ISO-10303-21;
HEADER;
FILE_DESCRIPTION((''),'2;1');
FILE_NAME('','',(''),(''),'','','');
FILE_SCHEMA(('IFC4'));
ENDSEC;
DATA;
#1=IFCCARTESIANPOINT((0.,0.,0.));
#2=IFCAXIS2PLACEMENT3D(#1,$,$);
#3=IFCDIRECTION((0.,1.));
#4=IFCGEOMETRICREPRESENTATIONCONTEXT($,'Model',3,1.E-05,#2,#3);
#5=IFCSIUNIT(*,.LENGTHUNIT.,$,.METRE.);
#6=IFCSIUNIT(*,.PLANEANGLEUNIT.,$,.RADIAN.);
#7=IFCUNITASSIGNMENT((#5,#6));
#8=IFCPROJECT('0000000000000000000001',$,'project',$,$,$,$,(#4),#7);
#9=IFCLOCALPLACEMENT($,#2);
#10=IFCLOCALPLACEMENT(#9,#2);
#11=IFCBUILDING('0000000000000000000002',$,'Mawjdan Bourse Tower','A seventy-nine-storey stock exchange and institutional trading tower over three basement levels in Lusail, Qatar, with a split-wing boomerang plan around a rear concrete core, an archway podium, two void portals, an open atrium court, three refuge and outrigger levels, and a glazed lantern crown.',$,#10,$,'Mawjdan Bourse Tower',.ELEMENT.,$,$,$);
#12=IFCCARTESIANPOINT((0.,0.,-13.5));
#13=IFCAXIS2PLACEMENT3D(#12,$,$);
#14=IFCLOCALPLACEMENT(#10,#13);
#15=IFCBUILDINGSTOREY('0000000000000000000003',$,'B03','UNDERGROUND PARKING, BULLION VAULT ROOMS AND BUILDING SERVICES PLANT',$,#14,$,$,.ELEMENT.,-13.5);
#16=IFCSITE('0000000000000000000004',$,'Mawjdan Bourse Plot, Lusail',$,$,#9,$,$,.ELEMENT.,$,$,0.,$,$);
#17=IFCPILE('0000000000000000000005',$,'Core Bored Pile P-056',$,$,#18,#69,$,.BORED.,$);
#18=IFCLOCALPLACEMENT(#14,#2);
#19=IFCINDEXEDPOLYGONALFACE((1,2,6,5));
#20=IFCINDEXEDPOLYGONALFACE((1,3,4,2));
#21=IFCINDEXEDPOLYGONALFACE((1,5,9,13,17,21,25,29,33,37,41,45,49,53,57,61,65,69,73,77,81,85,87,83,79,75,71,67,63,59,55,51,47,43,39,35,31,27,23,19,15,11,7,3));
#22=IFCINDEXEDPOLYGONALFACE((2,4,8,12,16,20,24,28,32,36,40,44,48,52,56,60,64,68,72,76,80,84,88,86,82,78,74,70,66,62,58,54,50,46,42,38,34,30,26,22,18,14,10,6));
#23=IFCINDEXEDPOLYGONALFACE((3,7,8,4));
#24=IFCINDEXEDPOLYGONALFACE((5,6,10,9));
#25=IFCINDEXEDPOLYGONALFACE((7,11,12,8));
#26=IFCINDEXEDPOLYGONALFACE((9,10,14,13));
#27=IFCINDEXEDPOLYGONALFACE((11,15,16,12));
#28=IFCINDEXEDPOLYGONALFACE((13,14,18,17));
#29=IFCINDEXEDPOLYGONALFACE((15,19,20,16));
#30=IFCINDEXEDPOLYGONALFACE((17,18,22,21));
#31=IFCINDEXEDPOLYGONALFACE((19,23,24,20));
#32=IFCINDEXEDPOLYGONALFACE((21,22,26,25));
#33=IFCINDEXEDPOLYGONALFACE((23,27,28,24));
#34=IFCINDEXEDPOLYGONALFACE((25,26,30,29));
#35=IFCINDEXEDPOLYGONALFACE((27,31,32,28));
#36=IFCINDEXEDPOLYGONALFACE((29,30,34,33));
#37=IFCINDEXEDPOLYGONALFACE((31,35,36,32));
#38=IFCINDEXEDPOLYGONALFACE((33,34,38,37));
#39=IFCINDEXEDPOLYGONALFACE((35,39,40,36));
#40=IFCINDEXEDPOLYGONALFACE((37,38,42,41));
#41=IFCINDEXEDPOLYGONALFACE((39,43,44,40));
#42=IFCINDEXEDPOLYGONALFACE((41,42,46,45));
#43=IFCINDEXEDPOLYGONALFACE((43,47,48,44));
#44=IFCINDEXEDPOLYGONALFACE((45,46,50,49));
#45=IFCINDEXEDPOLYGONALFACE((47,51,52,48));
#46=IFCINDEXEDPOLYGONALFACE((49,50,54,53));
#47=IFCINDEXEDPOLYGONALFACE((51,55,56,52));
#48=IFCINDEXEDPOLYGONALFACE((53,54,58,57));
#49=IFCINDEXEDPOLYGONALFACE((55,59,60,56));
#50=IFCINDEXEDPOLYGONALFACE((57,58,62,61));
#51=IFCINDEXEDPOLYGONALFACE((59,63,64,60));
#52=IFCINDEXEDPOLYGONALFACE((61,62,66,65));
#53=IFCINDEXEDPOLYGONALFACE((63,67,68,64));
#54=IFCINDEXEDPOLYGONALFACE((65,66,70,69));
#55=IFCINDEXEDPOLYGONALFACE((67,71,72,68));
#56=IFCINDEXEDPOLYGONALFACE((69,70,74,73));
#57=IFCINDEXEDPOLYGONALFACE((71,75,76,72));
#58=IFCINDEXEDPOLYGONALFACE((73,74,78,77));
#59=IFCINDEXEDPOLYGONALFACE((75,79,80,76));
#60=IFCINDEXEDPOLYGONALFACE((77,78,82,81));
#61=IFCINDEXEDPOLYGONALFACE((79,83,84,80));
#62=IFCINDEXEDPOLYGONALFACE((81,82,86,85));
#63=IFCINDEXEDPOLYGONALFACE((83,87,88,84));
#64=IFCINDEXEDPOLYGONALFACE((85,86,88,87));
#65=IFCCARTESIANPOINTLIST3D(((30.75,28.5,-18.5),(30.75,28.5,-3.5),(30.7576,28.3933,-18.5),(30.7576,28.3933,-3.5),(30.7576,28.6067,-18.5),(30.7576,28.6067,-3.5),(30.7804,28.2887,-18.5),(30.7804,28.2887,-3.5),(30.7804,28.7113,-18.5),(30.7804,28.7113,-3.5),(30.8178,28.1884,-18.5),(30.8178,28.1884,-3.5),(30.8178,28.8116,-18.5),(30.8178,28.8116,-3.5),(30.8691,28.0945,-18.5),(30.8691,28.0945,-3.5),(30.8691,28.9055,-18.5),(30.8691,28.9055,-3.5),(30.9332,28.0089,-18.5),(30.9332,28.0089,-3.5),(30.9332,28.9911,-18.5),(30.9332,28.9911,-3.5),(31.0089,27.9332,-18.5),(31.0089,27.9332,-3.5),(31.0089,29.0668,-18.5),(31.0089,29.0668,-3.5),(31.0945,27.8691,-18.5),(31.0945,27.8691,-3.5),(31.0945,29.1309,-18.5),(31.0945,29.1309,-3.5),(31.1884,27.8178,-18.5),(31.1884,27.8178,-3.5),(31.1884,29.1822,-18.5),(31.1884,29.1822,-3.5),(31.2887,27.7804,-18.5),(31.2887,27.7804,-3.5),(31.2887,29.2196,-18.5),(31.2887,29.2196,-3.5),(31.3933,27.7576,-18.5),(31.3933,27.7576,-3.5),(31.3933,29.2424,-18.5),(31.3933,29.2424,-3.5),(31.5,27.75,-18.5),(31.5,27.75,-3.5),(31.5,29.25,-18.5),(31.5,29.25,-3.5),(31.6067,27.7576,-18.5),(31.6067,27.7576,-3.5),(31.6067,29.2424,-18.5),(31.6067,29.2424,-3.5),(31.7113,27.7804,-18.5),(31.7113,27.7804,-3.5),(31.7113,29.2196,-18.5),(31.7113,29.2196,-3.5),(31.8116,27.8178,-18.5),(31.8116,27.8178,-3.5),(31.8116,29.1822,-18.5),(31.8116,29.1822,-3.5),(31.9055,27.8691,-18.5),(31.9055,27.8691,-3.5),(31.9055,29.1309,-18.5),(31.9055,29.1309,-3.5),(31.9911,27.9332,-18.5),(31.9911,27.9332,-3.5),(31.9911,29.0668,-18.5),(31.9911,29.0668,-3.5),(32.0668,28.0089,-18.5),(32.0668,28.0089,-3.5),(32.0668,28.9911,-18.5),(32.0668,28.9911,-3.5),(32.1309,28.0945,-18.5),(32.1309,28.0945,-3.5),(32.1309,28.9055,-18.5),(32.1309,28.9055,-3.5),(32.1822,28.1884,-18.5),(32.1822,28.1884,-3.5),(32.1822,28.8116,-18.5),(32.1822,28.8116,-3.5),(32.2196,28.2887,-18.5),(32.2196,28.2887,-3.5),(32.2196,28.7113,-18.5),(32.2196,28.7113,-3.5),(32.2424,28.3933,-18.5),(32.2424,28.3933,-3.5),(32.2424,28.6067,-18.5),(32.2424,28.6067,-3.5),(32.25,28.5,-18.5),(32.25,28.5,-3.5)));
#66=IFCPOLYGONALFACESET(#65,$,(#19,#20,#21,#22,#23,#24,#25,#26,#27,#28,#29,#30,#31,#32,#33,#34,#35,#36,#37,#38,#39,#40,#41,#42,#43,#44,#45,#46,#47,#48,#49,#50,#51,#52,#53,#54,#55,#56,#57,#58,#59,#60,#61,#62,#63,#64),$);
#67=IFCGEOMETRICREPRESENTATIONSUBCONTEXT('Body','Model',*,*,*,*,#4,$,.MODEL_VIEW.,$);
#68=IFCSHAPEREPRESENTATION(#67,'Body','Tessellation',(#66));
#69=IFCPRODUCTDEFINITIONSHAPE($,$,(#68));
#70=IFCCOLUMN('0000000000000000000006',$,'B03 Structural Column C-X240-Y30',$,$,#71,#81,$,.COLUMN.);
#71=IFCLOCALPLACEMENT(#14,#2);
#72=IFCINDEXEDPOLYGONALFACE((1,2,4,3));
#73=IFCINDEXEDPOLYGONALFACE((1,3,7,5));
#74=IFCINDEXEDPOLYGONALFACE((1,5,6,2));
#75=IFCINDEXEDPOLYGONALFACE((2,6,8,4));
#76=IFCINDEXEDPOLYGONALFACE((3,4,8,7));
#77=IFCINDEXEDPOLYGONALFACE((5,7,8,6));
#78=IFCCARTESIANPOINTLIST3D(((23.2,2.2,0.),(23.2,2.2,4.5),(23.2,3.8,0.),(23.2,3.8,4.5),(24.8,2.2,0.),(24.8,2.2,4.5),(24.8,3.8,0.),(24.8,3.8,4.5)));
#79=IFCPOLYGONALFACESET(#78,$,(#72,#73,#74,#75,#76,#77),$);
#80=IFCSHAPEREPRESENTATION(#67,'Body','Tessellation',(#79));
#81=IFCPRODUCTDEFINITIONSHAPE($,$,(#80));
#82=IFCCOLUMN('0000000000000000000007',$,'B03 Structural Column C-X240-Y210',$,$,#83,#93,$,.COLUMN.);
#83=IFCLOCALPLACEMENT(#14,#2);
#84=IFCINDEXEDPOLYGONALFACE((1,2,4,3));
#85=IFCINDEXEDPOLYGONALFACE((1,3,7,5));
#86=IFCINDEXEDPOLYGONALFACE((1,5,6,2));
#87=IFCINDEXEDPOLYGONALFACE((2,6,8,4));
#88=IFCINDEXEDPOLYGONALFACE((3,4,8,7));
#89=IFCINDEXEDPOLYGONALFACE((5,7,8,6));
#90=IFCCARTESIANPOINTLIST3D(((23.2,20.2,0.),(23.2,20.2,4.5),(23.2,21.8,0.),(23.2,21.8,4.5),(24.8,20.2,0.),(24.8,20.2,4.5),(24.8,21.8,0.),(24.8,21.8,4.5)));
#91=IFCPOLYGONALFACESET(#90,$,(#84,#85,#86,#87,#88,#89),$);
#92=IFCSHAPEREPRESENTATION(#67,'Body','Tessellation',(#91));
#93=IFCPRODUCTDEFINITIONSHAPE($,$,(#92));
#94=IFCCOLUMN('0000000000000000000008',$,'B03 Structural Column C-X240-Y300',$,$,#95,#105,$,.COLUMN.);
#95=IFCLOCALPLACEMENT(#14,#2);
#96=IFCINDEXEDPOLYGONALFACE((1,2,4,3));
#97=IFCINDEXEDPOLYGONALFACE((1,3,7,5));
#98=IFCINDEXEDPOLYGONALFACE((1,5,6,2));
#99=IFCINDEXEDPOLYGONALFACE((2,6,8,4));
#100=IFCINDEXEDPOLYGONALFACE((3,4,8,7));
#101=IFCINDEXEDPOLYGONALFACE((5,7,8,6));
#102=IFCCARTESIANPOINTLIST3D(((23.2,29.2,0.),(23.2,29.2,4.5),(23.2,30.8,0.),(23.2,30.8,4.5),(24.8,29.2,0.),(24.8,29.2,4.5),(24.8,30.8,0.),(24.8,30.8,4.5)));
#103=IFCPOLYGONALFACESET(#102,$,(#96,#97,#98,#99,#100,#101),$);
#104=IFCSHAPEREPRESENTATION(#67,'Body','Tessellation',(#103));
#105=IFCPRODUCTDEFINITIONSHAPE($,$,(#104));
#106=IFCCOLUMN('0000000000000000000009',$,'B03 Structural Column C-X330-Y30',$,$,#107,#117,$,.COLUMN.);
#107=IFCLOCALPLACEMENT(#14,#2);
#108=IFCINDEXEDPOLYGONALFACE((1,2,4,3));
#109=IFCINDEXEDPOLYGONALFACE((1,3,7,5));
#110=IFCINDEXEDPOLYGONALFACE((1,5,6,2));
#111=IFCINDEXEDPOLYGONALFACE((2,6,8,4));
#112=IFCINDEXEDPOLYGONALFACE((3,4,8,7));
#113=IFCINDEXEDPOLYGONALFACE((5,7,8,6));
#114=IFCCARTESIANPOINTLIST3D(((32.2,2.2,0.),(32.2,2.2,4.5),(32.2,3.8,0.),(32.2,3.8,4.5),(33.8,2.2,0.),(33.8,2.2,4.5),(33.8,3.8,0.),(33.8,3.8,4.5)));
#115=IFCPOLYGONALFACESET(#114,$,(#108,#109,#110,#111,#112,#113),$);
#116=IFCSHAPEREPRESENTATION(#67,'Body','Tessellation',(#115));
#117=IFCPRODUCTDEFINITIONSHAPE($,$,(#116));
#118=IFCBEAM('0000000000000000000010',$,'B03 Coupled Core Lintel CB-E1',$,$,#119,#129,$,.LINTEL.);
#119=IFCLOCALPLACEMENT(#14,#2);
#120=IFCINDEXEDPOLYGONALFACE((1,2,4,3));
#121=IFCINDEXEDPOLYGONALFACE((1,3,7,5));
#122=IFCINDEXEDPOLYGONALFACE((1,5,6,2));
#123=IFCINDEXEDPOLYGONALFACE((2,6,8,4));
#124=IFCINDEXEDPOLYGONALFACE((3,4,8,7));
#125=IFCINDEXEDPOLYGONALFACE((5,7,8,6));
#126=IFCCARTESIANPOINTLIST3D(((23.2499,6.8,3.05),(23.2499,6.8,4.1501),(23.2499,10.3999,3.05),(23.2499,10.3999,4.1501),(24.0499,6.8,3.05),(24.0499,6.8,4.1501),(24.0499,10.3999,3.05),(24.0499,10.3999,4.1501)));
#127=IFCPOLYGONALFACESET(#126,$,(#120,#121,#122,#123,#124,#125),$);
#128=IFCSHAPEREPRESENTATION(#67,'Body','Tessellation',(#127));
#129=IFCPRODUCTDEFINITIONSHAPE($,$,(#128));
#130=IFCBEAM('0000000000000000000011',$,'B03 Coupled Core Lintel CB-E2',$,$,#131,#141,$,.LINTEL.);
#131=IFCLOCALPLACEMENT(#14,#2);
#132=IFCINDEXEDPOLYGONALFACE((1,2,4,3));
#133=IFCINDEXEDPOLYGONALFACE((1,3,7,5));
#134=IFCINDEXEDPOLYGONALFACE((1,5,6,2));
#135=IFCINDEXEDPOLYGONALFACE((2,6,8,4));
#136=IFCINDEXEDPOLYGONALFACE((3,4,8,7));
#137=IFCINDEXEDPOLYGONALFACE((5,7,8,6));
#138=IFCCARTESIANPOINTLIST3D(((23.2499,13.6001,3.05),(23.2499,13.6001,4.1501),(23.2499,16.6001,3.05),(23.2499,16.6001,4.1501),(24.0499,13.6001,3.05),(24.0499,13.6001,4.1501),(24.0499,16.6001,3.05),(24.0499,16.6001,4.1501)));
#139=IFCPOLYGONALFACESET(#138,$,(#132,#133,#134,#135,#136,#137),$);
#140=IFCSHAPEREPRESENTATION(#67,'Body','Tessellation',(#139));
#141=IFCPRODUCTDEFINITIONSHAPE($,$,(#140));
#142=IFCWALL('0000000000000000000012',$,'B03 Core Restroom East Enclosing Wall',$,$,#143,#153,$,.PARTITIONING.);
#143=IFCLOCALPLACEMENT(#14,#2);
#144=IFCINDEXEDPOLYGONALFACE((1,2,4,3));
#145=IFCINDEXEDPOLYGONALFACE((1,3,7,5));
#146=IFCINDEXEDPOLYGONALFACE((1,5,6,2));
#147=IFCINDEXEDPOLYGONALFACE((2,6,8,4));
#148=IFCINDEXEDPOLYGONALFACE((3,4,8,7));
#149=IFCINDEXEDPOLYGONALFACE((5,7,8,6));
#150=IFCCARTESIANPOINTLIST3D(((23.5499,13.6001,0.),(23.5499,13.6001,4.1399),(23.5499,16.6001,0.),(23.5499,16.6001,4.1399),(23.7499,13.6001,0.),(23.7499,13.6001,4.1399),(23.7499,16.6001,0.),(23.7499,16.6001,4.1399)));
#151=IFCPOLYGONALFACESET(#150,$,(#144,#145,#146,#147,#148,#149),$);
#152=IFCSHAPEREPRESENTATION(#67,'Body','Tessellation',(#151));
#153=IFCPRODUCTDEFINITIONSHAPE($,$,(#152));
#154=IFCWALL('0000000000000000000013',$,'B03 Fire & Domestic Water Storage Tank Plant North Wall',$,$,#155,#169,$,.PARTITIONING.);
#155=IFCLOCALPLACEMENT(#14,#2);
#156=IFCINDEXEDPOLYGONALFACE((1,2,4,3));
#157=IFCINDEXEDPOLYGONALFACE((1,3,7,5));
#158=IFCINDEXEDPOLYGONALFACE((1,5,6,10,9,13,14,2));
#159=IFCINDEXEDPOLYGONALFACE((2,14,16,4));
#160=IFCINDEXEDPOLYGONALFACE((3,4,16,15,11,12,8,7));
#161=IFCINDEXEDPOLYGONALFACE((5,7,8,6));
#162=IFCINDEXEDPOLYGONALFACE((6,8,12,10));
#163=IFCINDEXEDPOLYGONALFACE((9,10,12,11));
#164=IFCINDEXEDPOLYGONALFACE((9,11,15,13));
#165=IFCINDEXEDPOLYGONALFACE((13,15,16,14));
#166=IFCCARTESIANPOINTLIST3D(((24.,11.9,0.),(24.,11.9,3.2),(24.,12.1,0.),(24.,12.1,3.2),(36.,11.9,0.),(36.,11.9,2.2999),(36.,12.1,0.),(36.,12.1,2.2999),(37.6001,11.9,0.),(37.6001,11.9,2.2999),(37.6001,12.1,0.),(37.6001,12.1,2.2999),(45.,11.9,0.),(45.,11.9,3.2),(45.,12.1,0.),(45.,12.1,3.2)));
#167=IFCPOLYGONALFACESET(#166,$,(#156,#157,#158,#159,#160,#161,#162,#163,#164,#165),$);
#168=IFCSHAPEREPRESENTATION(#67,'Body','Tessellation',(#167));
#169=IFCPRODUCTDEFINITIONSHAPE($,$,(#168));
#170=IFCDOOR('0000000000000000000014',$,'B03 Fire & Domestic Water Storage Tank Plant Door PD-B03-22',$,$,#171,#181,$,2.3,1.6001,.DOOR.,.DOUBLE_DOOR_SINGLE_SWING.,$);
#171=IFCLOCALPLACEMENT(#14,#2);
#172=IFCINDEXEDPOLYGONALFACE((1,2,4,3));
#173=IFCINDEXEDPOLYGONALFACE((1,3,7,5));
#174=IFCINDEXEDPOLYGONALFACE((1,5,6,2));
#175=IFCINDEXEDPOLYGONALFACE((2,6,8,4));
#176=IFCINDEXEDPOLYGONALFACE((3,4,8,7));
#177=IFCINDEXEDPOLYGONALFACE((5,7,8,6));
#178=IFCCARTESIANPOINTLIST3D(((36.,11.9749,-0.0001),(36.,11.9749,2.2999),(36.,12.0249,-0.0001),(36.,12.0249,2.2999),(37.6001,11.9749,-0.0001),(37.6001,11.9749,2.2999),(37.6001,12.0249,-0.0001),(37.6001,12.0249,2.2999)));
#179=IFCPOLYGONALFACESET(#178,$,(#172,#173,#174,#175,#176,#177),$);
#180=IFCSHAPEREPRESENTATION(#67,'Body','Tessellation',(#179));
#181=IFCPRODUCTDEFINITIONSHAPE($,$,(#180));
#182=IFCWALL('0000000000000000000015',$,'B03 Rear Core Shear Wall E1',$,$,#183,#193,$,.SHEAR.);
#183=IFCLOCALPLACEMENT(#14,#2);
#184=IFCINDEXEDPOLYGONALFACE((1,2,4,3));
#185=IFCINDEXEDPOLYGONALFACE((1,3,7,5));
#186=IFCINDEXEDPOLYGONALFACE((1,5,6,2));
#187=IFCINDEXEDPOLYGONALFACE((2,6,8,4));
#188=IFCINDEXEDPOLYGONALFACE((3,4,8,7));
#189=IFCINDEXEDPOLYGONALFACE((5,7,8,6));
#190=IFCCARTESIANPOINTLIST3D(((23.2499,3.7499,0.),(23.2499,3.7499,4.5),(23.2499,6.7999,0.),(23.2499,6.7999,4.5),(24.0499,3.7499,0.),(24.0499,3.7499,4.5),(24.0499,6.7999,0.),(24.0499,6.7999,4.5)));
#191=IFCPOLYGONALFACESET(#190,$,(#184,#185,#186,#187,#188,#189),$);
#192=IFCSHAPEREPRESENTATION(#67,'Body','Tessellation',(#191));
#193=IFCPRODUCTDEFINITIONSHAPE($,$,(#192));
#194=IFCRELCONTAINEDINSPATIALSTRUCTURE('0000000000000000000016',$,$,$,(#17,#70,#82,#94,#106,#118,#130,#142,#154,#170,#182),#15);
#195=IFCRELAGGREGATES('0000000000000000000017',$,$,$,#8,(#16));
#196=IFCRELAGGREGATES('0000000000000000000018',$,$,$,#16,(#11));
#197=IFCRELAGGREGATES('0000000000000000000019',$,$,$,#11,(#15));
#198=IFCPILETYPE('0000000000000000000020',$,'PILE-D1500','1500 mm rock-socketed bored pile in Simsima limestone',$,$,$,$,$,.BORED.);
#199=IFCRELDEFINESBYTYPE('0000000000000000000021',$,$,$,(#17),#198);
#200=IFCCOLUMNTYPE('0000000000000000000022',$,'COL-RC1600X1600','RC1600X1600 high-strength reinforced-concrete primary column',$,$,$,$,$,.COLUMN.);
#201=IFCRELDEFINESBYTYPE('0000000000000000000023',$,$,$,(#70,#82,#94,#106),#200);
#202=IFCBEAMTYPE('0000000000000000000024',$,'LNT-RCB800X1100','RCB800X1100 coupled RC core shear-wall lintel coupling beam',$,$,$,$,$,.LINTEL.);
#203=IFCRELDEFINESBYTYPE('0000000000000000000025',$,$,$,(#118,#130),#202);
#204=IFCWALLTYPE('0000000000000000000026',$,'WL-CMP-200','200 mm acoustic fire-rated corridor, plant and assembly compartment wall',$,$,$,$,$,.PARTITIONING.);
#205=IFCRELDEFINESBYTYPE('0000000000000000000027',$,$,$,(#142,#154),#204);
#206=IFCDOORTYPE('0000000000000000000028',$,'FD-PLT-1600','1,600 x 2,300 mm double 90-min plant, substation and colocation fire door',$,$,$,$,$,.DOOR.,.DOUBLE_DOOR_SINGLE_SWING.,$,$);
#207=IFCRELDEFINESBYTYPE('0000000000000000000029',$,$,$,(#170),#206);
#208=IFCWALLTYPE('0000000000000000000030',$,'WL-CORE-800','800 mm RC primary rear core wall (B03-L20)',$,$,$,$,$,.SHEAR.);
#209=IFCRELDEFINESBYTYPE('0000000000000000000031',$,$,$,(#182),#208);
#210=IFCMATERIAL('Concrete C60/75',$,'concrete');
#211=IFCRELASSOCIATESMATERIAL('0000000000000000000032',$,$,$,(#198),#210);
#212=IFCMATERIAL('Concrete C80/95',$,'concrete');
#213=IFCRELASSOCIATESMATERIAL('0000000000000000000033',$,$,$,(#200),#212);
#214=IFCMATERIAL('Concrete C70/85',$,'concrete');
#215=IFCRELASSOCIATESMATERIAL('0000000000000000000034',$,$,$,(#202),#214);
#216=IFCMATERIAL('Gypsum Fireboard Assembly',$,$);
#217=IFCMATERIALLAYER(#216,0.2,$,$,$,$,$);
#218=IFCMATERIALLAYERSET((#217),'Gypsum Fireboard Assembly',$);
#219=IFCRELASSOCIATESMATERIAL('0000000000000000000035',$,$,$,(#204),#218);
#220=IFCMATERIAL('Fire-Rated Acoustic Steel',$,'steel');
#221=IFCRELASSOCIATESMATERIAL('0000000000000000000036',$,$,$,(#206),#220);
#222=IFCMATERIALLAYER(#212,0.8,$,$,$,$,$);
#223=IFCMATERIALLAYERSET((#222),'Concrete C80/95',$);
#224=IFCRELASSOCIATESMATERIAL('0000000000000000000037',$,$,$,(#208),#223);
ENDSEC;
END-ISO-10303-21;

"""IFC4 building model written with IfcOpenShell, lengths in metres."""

from ifc_helpers import new_model, si_unit, direction, frame, frame_2d, origin, origin_2d, place, context, subcontext, project, spatial, rectangle, circle, extrude, material, layer, layer_set, material_profile, profile_set, type_object, element, fill, save


model = new_model("IFC4")

# Units and contexts
model_context = context("Model", 3, precision=1e-05, world=origin(), true_north=direction((0.0, 1.0)))
body_context = subcontext(model_context, "Body", "Model", "MODEL_VIEW")
ifc_project = project(units=[si_unit("LENGTHUNIT", "METRE"), si_unit("PLANEANGLEUNIT", "RADIAN")], contexts=[model_context])

# Site, building, storey
site_placement = place(None, origin())
site = spatial("IfcSite", under=ifc_project, at=site_placement, Name="Mawjdan Bourse Plot, Lusail", CompositionType="ELEMENT", RefElevation=0.0)
building_placement = place(site_placement, origin())
building = spatial("IfcBuilding", under=site, at=building_placement, Name="Mawjdan Bourse Tower", Description="A seventy-nine-storey stock exchange and institutional trading tower over three basement levels in Lusail, Qatar, with a split-wing boomerang plan around a rear concrete core, an archway podium, two void portals, an open atrium court, three refuge and outrigger levels, and a glazed lantern crown.", LongName="Mawjdan Bourse Tower", CompositionType="ELEMENT")
storey_placement = place(building_placement, frame((0.0, 0.0, -13.5)))
storey = spatial("IfcBuildingStorey", under=building, at=storey_placement, Name="B03", Description="UNDERGROUND PARKING, BULLION VAULT ROOMS AND BUILDING SERVICES PLANT", CompositionType="ELEMENT", Elevation=-13.5)

# Pile
ifc_material_1 = material(Name="Concrete C60/75", Category="concrete")
ifc_material_profile_1 = material_profile(ifc_material_1, circle(Radius=0.75, at=origin_2d()), Name="PILE-D1500")
ifc_profile_set_1 = profile_set([ifc_material_profile_1], Name="Concrete C60/75")
pile_type = type_object("IfcPileType", Name="PILE-D1500", Description="1500 mm rock-socketed bored pile in Simsima limestone", PredefinedType="BORED", material=ifc_profile_set_1)
for number, where, z_axis, x_axis, name in (
    (1, (31.5, 28.5, -3.5), (0.0, 0.0, -1.0), (1.0, 0.0, 0.0), "Core Bored Pile P-056"),
):
    element("IfcPile", number, at=place(storey_placement, frame(where, z_axis=z_axis, x_axis=x_axis)), inside=storey, type_object=pile_type, Name=name, PredefinedType="BORED", context=body_context, shape_type="SweptSolid", body=[
        extrude(circle(Radius=0.75, at=origin_2d()), origin(), (0.0, 0.0, 1.0), 15.0),
    ])

# Columns
ifc_material_2 = material(Name="Concrete C80/95", Category="concrete")
ifc_material_profile_2 = material_profile(ifc_material_2, rectangle(XDim=1.6001, YDim=1.6001, at=origin_2d()), Name="RC1600X1600")
ifc_profile_set_2 = profile_set([ifc_material_profile_2], Name="Concrete C80/95")
column_type = type_object("IfcColumnType", Name="COL-RC1600X1600", Description="RC1600X1600 high-strength reinforced-concrete primary column", PredefinedType="COLUMN", material=ifc_profile_set_2)
for number, where, z_axis, x_axis, name in (
    (2, (24.0, 3.0, 0.0), (0.0, 0.0, 1.0), (1.0, 0.0, 0.0), "B03 Structural Column C-X240-Y30"),
    (3, (24.0, 21.0, 0.0), (0.0, 0.0, 1.0), (1.0, 0.0, 0.0), "B03 Structural Column C-X240-Y210"),
    (4, (24.0, 30.0, 0.0), (0.0, 0.0, 1.0), (1.0, 0.0, 0.0), "B03 Structural Column C-X240-Y300"),
    (5, (33.0, 3.0, 0.0), (0.0, 0.0, 1.0), (1.0, 0.0, 0.0), "B03 Structural Column C-X330-Y30"),
):
    element("IfcColumn", number, at=place(storey_placement, frame(where, z_axis=z_axis, x_axis=x_axis)), inside=storey, type_object=column_type, Name=name, PredefinedType="COLUMN", context=body_context, shape_type="SweptSolid", body=[
        extrude(rectangle(XDim=1.6001, YDim=1.6001, at=origin_2d()), origin(), (0.0, 0.0, 1.0), 4.5),
    ])

# Beams
ifc_material_3 = material(Name="Concrete C70/85", Category="concrete")
ifc_material_profile_3 = material_profile(ifc_material_3, rectangle(XDim=0.8, YDim=1.1001, at=origin_2d()), Name="RCB800X1100")
ifc_profile_set_3 = profile_set([ifc_material_profile_3], Name="Concrete C70/85")
beam_type = type_object("IfcBeamType", Name="LNT-RCB800X1100", Description="RCB800X1100 coupled RC core shear-wall lintel coupling beam", PredefinedType="LINTEL", material=ifc_profile_set_3)
beam_1_placement = place(storey_placement, frame((23.6499, 6.8, 3.6001), z_axis=(0.0, 1.0, 0.0), x_axis=(-1.0, 0.0, 0.0)))
element("IfcBeam", 6, at=beam_1_placement, inside=storey, type_object=beam_type, Name="B03 Coupled Core Lintel CB-E1", PredefinedType="LINTEL", context=body_context, shape_type="SweptSolid", body=[
    extrude(rectangle(XDim=0.8, YDim=1.1001, at=origin_2d()), origin(), (0.0, 0.0, 1.0), 3.5999),
])
beam_2_placement = place(storey_placement, frame((23.6499, 13.6001, 3.6001), z_axis=(0.0, 1.0, 0.0), x_axis=(-1.0, 0.0, 0.0)))
element("IfcBeam", 7, at=beam_2_placement, inside=storey, type_object=beam_type, Name="B03 Coupled Core Lintel CB-E2", PredefinedType="LINTEL", context=body_context, shape_type="SweptSolid", body=[
    extrude(rectangle(XDim=0.8, YDim=1.1001, at=origin_2d()), origin(), (0.0, 0.0, 1.0), 3.0),
])

# Wall
ifc_material_4 = material(Name="Gypsum Fireboard Assembly")
ifc_layer_1 = layer(ifc_material_4, 0.2)
ifc_layer_set_1 = layer_set([ifc_layer_1], Name="Gypsum Fireboard Assembly")
wall_type_1 = type_object("IfcWallType", Name="WL-CMP-200", Description="200 mm acoustic fire-rated corridor, plant and assembly compartment wall", PredefinedType="PARTITIONING", material=ifc_layer_set_1)
wall_1_placement = place(storey_placement, frame((23.6499, 13.6001, 0.0), z_axis=(0.0, 0.0, 1.0), x_axis=(0.0, 1.0, 0.0)))
element("IfcWall", 8, at=wall_1_placement, inside=storey, type_object=wall_type_1, Name="B03 Core Restroom East Enclosing Wall", PredefinedType="PARTITIONING", context=body_context, shape_type="SweptSolid", body=[
    extrude(rectangle(XDim=3.0, YDim=0.2, at=frame_2d((1.5, 0.0))), origin(), (0.0, 0.0, 1.0), 4.1399),
])

# Wall, opening, door
wall_2_placement = place(storey_placement, frame((24.0, 12.0, 0.0), z_axis=(0.0, 0.0, 1.0), x_axis=(1.0, 0.0, 0.0)))
wall_2 = element("IfcWall", 9, at=wall_2_placement, inside=storey, type_object=wall_type_1, Name="B03 Fire & Domestic Water Storage Tank Plant North Wall", PredefinedType="PARTITIONING", context=body_context, shape_type="SweptSolid", body=[
    extrude(rectangle(XDim=21.0, YDim=0.2, at=frame_2d((10.5, 0.0))), origin(), (0.0, 0.0, 1.0), 3.2),
])
opening_placement = place(wall_2_placement, frame((12.0, 0.0, 0.0)))
opening = element("IfcOpeningElement", 10, at=opening_placement, cuts=wall_2, PredefinedType="OPENING", context=body_context, shape_type="SweptSolid", body=[
    extrude(rectangle(XDim=1.6001, YDim=2.3, at=frame_2d((0.8, 1.1499))), frame((0.0, 0.1099, 0.0), z_axis=(0.0, -1.0, 0.0), x_axis=(1.0, 0.0, 0.0)), (0.0, 0.0, 1.0), 0.22),
])
ifc_material_5 = material(Name="Fire-Rated Acoustic Steel", Category="steel")
door_type = type_object("IfcDoorType", Name="FD-PLT-1600", Description="1,600 x 2,300 mm double 90-min plant, substation and colocation fire door", OperationType="DOUBLE_DOOR_SINGLE_SWING", PredefinedType="DOOR", material=ifc_material_5)
door_placement = place(opening_placement, origin())
door = element("IfcDoor", 11, at=door_placement, inside=storey, type_object=door_type, Name="B03 Fire & Domestic Water Storage Tank Plant Door PD-B03-22", OperationType="DOUBLE_DOOR_SINGLE_SWING", OverallHeight=2.3, OverallWidth=1.6001, PredefinedType="DOOR", context=body_context, shape_type="SweptSolid", body=[
    extrude(rectangle(XDim=1.6001, YDim=2.3, at=frame_2d((0.8, 1.1499))), frame((0.0, 0.0249, 0.0), z_axis=(0.0, -1.0, 0.0), x_axis=(1.0, 0.0, 0.0)), (0.0, 0.0, 1.0), 0.05),
])
fill(opening, door)

# Wall
ifc_layer_2 = layer(ifc_material_2, 0.8)
ifc_layer_set_2 = layer_set([ifc_layer_2], Name="Concrete C80/95")
wall_type_2 = type_object("IfcWallType", Name="WL-CORE-800", Description="800 mm RC primary rear core wall (B03-L20)", PredefinedType="SHEAR", material=ifc_layer_set_2)
wall_3_placement = place(storey_placement, frame((23.6499, 3.75, 0.0), z_axis=(0.0, 0.0, 1.0), x_axis=(0.0, 1.0, 0.0)))
element("IfcWall", 12, at=wall_3_placement, inside=storey, type_object=wall_type_2, Name="B03 Rear Core Shear Wall E1", PredefinedType="SHEAR", context=body_context, shape_type="SweptSolid", body=[
    extrude(rectangle(XDim=3.05, YDim=0.8, at=frame_2d((1.5249, 0.0))), origin(), (0.0, 0.0, 1.0), 4.5),
])

save(model, "model.ifc")
